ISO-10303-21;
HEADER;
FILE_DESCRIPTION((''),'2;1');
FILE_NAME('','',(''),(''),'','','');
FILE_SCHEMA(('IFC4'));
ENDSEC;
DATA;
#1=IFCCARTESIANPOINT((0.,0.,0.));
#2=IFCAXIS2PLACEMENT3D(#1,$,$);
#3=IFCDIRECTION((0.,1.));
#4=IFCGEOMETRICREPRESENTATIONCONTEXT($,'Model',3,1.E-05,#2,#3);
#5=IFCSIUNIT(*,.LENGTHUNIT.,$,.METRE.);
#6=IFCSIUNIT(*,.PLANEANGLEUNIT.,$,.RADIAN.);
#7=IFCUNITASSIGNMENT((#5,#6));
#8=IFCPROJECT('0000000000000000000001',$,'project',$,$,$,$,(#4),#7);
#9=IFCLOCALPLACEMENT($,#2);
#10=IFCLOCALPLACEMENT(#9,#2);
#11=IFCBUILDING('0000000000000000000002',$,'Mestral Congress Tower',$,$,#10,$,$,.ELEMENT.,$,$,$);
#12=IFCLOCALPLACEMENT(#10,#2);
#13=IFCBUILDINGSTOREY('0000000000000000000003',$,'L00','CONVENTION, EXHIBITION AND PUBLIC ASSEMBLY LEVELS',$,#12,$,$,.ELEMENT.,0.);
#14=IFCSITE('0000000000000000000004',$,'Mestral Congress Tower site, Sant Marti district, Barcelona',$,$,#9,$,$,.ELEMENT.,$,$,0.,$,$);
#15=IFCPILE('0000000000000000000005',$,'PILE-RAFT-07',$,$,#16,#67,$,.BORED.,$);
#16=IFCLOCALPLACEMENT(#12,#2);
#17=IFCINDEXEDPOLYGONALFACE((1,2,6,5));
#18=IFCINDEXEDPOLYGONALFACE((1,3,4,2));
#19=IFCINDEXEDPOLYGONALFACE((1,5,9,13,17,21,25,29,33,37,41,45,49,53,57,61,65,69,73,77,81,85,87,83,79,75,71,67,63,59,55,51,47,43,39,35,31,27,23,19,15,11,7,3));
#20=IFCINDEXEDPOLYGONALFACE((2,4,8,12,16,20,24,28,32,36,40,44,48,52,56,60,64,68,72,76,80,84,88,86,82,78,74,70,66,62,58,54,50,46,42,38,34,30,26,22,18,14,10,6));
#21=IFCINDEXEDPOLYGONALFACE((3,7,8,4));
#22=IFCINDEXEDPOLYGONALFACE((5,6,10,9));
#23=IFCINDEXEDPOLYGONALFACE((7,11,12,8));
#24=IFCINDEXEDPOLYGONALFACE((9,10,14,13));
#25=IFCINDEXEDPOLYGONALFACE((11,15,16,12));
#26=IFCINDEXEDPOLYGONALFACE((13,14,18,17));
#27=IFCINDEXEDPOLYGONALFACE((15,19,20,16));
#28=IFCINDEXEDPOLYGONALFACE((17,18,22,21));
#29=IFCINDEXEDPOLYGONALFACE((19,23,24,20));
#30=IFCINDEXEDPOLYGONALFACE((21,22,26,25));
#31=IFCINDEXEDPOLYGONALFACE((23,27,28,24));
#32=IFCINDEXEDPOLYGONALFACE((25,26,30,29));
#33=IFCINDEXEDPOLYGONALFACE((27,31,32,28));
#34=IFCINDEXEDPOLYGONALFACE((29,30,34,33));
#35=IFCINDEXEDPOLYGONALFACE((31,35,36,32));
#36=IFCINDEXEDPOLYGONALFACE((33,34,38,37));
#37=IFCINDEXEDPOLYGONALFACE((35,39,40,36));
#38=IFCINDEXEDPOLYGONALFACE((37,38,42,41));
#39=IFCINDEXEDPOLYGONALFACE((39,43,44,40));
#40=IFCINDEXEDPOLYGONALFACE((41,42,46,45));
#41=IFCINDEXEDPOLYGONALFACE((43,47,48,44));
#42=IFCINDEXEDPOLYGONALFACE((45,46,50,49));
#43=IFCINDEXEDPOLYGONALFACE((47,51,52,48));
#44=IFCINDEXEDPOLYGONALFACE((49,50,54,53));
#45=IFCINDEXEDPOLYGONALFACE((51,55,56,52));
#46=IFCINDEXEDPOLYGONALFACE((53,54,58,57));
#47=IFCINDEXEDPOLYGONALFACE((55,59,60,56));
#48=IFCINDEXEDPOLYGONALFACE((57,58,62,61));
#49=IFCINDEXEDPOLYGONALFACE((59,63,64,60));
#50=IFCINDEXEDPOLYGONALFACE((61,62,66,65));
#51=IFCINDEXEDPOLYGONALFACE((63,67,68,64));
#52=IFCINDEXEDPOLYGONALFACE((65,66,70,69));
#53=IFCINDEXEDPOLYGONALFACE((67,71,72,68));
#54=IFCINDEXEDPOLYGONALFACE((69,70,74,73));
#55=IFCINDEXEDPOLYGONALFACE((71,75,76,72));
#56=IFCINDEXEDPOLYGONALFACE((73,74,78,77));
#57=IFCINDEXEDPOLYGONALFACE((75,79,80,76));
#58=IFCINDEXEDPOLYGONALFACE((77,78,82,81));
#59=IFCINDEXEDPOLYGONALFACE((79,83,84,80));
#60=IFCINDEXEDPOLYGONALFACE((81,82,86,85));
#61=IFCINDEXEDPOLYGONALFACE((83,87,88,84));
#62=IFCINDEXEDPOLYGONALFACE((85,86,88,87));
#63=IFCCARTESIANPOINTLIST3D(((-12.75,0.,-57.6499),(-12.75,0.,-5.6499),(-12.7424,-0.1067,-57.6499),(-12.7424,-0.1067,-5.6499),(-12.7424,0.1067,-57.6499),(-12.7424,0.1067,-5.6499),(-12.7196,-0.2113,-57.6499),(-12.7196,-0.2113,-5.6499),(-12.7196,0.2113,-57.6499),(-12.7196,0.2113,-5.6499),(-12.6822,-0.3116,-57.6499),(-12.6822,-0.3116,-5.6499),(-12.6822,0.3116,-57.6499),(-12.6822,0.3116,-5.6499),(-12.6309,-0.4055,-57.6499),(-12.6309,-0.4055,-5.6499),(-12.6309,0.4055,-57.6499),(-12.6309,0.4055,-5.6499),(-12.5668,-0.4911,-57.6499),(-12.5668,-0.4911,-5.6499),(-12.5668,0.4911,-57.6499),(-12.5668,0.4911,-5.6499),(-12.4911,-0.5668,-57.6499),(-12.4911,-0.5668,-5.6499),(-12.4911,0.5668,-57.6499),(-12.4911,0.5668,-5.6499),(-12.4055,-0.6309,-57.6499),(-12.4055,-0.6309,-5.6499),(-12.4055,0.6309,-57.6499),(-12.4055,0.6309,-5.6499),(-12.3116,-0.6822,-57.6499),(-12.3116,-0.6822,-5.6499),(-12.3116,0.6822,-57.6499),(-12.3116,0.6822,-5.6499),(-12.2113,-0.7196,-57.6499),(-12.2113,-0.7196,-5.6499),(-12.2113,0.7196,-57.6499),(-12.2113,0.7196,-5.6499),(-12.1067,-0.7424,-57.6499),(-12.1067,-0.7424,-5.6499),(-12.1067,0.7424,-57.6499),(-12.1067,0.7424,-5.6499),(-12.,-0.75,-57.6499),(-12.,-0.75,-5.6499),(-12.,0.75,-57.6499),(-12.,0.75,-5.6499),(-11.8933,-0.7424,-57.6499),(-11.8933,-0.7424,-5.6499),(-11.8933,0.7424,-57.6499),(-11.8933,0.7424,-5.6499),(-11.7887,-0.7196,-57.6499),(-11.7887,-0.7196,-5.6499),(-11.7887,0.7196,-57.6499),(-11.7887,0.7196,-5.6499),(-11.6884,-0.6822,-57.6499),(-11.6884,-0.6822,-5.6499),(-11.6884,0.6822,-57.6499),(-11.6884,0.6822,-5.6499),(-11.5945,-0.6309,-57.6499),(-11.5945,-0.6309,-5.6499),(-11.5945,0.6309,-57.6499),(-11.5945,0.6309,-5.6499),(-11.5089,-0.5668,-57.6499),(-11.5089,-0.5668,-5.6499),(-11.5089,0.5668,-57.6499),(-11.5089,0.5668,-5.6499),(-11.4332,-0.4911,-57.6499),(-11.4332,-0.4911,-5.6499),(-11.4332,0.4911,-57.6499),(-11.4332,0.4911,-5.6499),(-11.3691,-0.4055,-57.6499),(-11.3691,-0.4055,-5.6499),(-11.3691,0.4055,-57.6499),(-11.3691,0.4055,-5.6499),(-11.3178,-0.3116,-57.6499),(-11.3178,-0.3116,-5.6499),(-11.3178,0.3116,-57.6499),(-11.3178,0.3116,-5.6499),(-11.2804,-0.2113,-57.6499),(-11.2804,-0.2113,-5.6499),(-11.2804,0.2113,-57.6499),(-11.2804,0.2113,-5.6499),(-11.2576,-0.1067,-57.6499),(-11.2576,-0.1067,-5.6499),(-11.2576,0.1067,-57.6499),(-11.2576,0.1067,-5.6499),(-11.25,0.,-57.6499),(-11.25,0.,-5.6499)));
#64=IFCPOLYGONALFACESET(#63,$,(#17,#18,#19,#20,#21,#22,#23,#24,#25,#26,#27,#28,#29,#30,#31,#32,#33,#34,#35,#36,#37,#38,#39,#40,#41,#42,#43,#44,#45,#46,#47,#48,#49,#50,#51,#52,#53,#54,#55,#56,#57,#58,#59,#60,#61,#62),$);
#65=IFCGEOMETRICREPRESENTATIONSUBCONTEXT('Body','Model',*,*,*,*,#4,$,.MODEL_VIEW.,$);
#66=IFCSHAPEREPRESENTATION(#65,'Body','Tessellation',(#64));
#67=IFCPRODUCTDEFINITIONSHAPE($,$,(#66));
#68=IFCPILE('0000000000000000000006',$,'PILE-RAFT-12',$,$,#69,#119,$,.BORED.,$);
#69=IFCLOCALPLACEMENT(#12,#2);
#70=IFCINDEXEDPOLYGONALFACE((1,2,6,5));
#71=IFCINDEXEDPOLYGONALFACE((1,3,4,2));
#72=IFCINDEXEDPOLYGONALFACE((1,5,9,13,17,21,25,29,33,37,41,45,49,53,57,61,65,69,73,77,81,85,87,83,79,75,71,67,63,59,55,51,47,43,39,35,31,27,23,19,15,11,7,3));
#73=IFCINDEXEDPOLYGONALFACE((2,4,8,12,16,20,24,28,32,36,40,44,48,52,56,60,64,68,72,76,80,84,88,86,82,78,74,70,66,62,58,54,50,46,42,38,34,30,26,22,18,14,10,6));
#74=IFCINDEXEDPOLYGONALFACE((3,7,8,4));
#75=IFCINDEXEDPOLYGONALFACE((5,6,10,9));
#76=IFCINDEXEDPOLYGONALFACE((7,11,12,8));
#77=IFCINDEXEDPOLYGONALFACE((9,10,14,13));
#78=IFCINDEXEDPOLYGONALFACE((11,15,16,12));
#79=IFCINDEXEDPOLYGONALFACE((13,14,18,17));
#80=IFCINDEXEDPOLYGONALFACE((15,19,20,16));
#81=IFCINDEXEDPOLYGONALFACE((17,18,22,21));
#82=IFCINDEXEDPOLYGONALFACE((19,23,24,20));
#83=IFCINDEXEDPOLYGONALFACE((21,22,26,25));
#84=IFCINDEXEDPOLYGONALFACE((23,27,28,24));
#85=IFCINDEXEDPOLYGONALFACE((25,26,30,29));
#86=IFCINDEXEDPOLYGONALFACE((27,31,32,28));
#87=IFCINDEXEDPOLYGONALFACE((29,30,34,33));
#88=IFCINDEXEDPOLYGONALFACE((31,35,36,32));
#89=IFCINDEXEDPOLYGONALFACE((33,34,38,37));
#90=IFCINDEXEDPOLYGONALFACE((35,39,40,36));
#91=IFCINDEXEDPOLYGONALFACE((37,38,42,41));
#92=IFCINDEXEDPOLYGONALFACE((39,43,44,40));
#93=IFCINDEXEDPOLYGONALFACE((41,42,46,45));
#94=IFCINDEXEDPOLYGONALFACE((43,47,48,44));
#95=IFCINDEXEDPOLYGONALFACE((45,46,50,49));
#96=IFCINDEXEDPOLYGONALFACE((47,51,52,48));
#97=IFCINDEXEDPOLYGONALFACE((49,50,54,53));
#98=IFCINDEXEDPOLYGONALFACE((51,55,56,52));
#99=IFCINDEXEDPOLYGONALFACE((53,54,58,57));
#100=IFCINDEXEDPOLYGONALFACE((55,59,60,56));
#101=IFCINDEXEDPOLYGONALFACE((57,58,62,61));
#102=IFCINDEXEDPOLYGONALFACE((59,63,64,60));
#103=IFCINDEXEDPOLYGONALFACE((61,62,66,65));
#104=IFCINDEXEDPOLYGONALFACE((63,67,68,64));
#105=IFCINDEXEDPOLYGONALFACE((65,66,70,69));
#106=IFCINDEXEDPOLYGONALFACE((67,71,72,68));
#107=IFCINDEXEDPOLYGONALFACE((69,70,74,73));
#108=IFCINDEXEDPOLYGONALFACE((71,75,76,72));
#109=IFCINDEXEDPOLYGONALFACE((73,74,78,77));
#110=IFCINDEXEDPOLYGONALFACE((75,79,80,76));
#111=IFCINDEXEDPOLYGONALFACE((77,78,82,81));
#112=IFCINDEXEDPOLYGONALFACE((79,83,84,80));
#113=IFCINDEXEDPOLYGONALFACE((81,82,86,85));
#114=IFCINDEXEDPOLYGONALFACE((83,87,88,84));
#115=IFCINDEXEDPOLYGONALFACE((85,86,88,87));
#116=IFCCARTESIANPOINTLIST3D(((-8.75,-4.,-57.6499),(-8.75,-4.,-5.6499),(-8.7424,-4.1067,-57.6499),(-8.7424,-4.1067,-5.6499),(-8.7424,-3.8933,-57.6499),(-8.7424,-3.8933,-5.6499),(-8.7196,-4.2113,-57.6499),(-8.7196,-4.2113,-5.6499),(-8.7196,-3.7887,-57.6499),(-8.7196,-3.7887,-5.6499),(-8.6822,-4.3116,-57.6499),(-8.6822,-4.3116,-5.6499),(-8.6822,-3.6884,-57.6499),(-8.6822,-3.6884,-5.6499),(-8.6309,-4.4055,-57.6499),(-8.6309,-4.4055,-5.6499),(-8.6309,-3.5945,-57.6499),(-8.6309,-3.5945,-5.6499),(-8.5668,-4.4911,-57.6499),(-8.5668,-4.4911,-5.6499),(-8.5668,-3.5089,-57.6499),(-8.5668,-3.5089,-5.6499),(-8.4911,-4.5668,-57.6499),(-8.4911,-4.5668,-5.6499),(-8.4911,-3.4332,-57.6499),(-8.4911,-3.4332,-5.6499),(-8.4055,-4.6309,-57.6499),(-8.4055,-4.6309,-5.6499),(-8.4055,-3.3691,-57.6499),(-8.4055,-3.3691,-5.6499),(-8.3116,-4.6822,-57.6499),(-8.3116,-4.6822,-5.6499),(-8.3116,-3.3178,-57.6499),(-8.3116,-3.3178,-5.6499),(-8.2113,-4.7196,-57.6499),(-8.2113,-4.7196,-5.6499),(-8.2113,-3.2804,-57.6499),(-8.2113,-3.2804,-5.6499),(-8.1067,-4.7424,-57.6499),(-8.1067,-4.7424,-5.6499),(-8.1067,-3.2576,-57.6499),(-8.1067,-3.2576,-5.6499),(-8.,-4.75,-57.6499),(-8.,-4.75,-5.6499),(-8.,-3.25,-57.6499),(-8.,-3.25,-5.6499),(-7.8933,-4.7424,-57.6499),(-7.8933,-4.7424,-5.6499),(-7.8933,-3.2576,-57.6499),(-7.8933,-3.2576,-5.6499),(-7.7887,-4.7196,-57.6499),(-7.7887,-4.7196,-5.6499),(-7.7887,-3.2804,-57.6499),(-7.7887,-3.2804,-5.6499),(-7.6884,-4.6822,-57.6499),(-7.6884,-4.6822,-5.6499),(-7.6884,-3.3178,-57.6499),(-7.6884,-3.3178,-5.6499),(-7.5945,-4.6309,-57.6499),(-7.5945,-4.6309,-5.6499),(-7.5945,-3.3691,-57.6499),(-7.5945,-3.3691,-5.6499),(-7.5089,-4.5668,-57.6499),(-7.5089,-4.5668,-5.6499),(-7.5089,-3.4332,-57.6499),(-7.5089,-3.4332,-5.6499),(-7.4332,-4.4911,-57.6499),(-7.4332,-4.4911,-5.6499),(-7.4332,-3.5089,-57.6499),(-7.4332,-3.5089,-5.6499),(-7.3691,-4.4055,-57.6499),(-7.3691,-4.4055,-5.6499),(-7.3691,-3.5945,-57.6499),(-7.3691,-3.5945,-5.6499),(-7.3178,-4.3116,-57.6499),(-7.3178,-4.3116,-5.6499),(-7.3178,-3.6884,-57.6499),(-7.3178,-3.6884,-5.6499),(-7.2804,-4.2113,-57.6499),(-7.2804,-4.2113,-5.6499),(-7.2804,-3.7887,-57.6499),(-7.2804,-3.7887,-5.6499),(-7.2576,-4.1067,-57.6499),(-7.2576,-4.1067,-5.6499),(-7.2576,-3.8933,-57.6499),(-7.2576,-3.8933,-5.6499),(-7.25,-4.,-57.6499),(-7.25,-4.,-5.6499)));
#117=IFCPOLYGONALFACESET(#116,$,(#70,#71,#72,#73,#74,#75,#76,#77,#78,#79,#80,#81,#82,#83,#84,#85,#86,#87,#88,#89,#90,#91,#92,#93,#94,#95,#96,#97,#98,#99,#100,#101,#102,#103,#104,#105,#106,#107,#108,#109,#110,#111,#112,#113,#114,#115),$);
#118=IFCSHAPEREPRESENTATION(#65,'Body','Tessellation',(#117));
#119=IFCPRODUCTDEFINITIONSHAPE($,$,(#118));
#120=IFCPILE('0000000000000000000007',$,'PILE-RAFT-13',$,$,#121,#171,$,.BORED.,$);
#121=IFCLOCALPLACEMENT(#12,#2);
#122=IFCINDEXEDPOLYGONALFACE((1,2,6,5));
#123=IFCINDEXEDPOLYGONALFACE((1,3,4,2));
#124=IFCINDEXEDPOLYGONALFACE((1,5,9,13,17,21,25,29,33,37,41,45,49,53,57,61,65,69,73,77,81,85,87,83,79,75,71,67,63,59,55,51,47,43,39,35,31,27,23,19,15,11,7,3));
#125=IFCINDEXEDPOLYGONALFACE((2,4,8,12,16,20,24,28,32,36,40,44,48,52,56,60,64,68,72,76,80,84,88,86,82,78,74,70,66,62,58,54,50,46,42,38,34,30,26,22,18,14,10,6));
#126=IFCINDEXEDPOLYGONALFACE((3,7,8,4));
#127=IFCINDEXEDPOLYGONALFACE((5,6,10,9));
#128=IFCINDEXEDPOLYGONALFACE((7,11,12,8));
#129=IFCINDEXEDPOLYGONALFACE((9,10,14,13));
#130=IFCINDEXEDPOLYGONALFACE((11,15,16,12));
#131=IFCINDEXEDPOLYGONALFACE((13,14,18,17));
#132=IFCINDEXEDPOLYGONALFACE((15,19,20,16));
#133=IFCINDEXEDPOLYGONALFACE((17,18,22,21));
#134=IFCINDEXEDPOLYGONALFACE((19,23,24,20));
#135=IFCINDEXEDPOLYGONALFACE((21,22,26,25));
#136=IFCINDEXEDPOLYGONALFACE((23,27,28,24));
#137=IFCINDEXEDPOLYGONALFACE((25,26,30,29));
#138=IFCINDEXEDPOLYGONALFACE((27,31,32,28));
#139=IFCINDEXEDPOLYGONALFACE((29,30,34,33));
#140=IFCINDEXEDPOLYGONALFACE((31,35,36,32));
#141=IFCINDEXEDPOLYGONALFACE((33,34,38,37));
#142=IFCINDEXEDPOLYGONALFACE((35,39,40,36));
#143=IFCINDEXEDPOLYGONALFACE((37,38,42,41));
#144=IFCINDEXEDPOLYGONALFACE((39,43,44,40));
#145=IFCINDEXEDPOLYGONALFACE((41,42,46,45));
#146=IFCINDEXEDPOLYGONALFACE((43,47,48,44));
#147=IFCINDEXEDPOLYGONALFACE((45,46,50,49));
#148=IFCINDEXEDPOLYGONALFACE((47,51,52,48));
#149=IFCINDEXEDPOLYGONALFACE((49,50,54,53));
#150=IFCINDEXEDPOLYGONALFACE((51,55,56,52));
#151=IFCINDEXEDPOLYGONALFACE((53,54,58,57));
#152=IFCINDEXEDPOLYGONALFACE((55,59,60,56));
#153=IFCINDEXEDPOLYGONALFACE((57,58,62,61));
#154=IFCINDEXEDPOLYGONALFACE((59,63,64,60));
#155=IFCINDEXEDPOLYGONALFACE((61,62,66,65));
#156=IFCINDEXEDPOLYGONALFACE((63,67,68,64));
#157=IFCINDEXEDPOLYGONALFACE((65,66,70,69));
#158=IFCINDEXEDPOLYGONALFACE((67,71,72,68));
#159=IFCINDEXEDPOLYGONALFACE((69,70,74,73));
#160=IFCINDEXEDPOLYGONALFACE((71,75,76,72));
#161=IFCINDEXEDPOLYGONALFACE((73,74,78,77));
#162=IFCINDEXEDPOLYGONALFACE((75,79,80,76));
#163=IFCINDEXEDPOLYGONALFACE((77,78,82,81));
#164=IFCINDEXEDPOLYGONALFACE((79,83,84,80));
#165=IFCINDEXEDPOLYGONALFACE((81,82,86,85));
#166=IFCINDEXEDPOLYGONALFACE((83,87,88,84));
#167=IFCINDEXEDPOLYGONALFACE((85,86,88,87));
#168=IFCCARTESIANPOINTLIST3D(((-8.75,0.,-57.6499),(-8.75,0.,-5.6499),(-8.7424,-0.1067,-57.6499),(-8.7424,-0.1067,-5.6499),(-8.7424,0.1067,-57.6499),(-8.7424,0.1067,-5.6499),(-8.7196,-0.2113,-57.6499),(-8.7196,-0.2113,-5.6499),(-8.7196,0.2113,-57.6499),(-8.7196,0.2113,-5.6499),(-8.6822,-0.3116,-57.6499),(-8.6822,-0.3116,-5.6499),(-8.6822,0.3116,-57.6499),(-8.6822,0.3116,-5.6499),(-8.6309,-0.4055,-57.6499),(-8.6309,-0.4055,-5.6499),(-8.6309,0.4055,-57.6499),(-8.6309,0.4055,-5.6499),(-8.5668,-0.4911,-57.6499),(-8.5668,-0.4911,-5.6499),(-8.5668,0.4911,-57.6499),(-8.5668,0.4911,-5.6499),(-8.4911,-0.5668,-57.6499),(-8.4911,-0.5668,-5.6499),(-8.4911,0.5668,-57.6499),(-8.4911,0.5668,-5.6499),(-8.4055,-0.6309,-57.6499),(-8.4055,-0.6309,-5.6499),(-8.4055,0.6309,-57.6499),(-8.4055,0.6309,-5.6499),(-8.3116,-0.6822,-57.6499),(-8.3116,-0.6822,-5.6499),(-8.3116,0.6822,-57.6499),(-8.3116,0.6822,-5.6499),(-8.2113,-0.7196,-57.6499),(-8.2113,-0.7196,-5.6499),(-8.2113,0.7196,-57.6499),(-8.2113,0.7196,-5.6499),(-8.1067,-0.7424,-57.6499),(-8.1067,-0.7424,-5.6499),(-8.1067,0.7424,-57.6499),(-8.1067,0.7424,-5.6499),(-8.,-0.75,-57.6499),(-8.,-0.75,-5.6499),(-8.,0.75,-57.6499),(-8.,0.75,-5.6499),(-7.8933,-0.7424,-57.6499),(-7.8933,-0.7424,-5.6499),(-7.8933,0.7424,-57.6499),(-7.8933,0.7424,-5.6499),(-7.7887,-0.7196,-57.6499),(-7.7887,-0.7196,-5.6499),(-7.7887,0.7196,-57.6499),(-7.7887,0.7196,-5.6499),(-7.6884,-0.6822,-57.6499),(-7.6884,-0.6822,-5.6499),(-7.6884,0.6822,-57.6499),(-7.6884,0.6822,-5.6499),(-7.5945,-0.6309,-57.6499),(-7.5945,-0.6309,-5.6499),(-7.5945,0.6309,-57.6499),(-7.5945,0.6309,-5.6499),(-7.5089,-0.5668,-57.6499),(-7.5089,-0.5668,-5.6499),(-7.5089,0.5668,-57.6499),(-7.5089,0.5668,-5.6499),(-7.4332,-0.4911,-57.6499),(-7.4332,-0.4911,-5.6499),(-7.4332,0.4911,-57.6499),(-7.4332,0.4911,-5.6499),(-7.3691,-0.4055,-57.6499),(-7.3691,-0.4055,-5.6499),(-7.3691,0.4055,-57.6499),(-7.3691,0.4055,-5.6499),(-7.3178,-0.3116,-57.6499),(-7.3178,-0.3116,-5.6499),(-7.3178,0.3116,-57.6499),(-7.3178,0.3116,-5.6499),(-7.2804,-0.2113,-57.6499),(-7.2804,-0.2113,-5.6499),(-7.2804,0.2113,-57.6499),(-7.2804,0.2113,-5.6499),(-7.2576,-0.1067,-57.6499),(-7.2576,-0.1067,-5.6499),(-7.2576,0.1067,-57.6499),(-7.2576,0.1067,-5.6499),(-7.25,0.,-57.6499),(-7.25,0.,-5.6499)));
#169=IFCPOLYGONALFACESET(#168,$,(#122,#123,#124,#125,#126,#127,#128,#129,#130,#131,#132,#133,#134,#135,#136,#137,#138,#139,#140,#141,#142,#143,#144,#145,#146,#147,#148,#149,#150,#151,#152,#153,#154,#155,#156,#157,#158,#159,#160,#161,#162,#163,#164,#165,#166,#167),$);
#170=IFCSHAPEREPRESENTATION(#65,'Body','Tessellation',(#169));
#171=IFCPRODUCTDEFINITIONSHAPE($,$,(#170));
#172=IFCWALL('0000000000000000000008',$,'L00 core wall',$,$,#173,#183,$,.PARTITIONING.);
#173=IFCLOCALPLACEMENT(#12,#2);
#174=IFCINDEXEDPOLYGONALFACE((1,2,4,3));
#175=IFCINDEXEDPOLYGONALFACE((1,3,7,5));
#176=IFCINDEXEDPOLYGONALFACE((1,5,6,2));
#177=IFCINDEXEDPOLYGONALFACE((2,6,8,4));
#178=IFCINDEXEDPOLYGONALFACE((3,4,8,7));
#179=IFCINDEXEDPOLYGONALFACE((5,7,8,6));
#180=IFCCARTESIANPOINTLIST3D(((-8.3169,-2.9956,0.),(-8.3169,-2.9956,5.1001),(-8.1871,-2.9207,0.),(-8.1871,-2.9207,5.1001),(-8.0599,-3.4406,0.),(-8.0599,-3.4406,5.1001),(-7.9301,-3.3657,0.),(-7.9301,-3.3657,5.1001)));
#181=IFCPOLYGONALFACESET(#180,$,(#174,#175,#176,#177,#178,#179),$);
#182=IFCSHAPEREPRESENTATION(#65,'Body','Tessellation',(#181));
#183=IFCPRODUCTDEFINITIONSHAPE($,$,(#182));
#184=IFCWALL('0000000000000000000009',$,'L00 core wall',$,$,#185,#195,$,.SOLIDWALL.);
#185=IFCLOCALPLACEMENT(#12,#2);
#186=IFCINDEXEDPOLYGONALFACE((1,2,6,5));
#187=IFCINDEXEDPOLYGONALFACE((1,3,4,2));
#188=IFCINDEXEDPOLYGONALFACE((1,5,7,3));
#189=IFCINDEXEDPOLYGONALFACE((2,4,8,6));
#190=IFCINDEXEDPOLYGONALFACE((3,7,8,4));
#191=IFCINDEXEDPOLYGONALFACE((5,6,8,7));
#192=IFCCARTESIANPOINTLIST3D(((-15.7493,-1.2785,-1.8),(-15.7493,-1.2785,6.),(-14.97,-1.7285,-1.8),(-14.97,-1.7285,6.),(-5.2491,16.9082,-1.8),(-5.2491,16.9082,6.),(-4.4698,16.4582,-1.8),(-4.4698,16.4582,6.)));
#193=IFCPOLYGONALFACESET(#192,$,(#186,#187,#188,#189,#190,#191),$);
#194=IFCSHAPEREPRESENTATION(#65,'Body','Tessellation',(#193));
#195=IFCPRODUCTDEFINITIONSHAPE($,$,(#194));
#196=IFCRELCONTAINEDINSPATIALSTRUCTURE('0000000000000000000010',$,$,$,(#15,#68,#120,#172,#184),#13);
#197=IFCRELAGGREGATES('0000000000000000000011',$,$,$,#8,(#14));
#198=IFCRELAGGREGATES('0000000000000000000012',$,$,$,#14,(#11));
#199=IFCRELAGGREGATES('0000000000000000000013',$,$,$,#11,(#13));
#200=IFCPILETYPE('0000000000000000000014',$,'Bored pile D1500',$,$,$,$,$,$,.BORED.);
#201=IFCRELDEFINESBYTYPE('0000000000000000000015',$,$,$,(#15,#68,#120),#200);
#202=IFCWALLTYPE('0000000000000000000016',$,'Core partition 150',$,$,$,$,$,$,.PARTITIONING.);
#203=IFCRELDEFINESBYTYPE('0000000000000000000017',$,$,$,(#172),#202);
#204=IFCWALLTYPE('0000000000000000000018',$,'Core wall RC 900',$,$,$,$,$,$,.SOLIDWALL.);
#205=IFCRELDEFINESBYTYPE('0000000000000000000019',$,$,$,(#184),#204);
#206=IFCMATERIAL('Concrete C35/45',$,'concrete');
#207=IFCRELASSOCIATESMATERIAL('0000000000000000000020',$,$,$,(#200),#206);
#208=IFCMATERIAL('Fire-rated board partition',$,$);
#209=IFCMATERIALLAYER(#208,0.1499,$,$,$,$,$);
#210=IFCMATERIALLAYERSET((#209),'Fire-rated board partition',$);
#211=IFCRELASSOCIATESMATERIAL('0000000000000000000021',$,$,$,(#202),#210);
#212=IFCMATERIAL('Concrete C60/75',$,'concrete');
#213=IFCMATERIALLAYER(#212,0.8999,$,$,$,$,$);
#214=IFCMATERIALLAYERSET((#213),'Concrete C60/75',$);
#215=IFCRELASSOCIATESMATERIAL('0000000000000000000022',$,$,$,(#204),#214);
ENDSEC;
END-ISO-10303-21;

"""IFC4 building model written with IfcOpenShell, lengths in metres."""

from ifc_helpers import new_model, si_unit, direction, frame, frame_2d, origin, origin_2d, place, context, subcontext, project, spatial, rectangle, circle, extrude, material, layer, layer_set, material_profile, profile_set, type_object, element, save


model = new_model("IFC4")

# Units and contexts
model_context = context("Model", 3, precision=1e-05, world=origin(), true_north=direction((0.0, 1.0)))
body_context = subcontext(model_context, "Body", "Model", "MODEL_VIEW")
ifc_project = project(units=[si_unit("LENGTHUNIT", "METRE"), si_unit("PLANEANGLEUNIT", "RADIAN")], contexts=[model_context])

# Site, building, storey
site_placement = place(None, origin())
site = spatial("IfcSite", under=ifc_project, at=site_placement, Name="Mestral Congress Tower site, Sant Marti district, Barcelona", CompositionType="ELEMENT", RefElevation=0.0)
building_placement = place(site_placement, origin())
building = spatial("IfcBuilding", under=site, at=building_placement, Name="Mestral Congress Tower", CompositionType="ELEMENT")
storey_placement = place(building_placement, origin())
storey = spatial("IfcBuildingStorey", under=building, at=storey_placement, Name="L00", Description="CONVENTION, EXHIBITION AND PUBLIC ASSEMBLY LEVELS", CompositionType="ELEMENT", Elevation=0.0)

# Piles
ifc_material_1 = material(Name="Concrete C35/45", Category="concrete")
ifc_material_profile = material_profile(ifc_material_1, circle(Radius=0.75, at=origin_2d()), Name="D1500")
ifc_profile_set = profile_set([ifc_material_profile], Name="Concrete C35/45")
pile_type = type_object("IfcPileType", Name="Bored pile D1500", PredefinedType="BORED", material=ifc_profile_set)
for number, where, z_axis, x_axis, name in (
    (1, (-12.0, 0.0, -5.6499), (0.0, 0.0, -1.0), (1.0, 0.0, 0.0), "PILE-RAFT-07"),
    (2, (-8.0, -4.0, -5.6499), (0.0, 0.0, -1.0), (1.0, 0.0, 0.0), "PILE-RAFT-12"),
    (3, (-8.0, 0.0, -5.6499), (0.0, 0.0, -1.0), (1.0, 0.0, 0.0), "PILE-RAFT-13"),
):
    element("IfcPile", number, at=place(storey_placement, frame(where, z_axis=z_axis, x_axis=x_axis)), inside=storey, type_object=pile_type, Name=name, PredefinedType="BORED", context=body_context, shape_type="SweptSolid", body=[
        extrude(circle(Radius=0.75, at=origin_2d()), origin(), (0.0, 0.0, 1.0), 52.0),
    ])

# Walls
ifc_material_2 = material(Name="Fire-rated board partition")
ifc_layer_1 = layer(ifc_material_2, 0.1499)
ifc_layer_set_1 = layer_set([ifc_layer_1], Name="Fire-rated board partition")
wall_type_1 = type_object("IfcWallType", Name="Core partition 150", PredefinedType="PARTITIONING", material=ifc_layer_set_1)
wall_1_placement = place(storey_placement, frame((-8.252, -2.9583, 0.0), z_axis=(0.0, 0.0, 1.0), x_axis=(0.500175, -0.865925, 0.0)))
element("IfcWall", 4, at=wall_1_placement, inside=storey, type_object=wall_type_1, Name="L00 core wall", PredefinedType="PARTITIONING", context=body_context, shape_type="SweptSolid", body=[
    extrude(rectangle(XDim=0.5139, YDim=0.1499, at=frame_2d((0.2568, 0.0))), origin(), (0.0, 0.0, 1.0), 5.1001),
])
ifc_material_3 = material(Name="Concrete C60/75", Category="concrete")
ifc_layer_2 = layer(ifc_material_3, 0.8999)
ifc_layer_set_2 = layer_set([ifc_layer_2], Name="Concrete C60/75")
wall_type_2 = type_object("IfcWallType", Name="Core wall RC 900", PredefinedType="SOLIDWALL", material=ifc_layer_set_2)
wall_2_placement = place(storey_placement, frame((-15.3596, -1.5034, -1.8), z_axis=(0.0, 0.0, 1.0), x_axis=(0.500004, 0.866023, 0.0)))
element("IfcWall", 5, at=wall_2_placement, inside=storey, type_object=wall_type_2, Name="L00 core wall", PredefinedType="SOLIDWALL", context=body_context, shape_type="SweptSolid", body=[
    extrude(rectangle(XDim=21.0002, YDim=0.8999, at=frame_2d((10.5, 0.0))), origin(), (0.0, 0.0, 1.0), 7.8),
])

save(model, "model.ifc")
